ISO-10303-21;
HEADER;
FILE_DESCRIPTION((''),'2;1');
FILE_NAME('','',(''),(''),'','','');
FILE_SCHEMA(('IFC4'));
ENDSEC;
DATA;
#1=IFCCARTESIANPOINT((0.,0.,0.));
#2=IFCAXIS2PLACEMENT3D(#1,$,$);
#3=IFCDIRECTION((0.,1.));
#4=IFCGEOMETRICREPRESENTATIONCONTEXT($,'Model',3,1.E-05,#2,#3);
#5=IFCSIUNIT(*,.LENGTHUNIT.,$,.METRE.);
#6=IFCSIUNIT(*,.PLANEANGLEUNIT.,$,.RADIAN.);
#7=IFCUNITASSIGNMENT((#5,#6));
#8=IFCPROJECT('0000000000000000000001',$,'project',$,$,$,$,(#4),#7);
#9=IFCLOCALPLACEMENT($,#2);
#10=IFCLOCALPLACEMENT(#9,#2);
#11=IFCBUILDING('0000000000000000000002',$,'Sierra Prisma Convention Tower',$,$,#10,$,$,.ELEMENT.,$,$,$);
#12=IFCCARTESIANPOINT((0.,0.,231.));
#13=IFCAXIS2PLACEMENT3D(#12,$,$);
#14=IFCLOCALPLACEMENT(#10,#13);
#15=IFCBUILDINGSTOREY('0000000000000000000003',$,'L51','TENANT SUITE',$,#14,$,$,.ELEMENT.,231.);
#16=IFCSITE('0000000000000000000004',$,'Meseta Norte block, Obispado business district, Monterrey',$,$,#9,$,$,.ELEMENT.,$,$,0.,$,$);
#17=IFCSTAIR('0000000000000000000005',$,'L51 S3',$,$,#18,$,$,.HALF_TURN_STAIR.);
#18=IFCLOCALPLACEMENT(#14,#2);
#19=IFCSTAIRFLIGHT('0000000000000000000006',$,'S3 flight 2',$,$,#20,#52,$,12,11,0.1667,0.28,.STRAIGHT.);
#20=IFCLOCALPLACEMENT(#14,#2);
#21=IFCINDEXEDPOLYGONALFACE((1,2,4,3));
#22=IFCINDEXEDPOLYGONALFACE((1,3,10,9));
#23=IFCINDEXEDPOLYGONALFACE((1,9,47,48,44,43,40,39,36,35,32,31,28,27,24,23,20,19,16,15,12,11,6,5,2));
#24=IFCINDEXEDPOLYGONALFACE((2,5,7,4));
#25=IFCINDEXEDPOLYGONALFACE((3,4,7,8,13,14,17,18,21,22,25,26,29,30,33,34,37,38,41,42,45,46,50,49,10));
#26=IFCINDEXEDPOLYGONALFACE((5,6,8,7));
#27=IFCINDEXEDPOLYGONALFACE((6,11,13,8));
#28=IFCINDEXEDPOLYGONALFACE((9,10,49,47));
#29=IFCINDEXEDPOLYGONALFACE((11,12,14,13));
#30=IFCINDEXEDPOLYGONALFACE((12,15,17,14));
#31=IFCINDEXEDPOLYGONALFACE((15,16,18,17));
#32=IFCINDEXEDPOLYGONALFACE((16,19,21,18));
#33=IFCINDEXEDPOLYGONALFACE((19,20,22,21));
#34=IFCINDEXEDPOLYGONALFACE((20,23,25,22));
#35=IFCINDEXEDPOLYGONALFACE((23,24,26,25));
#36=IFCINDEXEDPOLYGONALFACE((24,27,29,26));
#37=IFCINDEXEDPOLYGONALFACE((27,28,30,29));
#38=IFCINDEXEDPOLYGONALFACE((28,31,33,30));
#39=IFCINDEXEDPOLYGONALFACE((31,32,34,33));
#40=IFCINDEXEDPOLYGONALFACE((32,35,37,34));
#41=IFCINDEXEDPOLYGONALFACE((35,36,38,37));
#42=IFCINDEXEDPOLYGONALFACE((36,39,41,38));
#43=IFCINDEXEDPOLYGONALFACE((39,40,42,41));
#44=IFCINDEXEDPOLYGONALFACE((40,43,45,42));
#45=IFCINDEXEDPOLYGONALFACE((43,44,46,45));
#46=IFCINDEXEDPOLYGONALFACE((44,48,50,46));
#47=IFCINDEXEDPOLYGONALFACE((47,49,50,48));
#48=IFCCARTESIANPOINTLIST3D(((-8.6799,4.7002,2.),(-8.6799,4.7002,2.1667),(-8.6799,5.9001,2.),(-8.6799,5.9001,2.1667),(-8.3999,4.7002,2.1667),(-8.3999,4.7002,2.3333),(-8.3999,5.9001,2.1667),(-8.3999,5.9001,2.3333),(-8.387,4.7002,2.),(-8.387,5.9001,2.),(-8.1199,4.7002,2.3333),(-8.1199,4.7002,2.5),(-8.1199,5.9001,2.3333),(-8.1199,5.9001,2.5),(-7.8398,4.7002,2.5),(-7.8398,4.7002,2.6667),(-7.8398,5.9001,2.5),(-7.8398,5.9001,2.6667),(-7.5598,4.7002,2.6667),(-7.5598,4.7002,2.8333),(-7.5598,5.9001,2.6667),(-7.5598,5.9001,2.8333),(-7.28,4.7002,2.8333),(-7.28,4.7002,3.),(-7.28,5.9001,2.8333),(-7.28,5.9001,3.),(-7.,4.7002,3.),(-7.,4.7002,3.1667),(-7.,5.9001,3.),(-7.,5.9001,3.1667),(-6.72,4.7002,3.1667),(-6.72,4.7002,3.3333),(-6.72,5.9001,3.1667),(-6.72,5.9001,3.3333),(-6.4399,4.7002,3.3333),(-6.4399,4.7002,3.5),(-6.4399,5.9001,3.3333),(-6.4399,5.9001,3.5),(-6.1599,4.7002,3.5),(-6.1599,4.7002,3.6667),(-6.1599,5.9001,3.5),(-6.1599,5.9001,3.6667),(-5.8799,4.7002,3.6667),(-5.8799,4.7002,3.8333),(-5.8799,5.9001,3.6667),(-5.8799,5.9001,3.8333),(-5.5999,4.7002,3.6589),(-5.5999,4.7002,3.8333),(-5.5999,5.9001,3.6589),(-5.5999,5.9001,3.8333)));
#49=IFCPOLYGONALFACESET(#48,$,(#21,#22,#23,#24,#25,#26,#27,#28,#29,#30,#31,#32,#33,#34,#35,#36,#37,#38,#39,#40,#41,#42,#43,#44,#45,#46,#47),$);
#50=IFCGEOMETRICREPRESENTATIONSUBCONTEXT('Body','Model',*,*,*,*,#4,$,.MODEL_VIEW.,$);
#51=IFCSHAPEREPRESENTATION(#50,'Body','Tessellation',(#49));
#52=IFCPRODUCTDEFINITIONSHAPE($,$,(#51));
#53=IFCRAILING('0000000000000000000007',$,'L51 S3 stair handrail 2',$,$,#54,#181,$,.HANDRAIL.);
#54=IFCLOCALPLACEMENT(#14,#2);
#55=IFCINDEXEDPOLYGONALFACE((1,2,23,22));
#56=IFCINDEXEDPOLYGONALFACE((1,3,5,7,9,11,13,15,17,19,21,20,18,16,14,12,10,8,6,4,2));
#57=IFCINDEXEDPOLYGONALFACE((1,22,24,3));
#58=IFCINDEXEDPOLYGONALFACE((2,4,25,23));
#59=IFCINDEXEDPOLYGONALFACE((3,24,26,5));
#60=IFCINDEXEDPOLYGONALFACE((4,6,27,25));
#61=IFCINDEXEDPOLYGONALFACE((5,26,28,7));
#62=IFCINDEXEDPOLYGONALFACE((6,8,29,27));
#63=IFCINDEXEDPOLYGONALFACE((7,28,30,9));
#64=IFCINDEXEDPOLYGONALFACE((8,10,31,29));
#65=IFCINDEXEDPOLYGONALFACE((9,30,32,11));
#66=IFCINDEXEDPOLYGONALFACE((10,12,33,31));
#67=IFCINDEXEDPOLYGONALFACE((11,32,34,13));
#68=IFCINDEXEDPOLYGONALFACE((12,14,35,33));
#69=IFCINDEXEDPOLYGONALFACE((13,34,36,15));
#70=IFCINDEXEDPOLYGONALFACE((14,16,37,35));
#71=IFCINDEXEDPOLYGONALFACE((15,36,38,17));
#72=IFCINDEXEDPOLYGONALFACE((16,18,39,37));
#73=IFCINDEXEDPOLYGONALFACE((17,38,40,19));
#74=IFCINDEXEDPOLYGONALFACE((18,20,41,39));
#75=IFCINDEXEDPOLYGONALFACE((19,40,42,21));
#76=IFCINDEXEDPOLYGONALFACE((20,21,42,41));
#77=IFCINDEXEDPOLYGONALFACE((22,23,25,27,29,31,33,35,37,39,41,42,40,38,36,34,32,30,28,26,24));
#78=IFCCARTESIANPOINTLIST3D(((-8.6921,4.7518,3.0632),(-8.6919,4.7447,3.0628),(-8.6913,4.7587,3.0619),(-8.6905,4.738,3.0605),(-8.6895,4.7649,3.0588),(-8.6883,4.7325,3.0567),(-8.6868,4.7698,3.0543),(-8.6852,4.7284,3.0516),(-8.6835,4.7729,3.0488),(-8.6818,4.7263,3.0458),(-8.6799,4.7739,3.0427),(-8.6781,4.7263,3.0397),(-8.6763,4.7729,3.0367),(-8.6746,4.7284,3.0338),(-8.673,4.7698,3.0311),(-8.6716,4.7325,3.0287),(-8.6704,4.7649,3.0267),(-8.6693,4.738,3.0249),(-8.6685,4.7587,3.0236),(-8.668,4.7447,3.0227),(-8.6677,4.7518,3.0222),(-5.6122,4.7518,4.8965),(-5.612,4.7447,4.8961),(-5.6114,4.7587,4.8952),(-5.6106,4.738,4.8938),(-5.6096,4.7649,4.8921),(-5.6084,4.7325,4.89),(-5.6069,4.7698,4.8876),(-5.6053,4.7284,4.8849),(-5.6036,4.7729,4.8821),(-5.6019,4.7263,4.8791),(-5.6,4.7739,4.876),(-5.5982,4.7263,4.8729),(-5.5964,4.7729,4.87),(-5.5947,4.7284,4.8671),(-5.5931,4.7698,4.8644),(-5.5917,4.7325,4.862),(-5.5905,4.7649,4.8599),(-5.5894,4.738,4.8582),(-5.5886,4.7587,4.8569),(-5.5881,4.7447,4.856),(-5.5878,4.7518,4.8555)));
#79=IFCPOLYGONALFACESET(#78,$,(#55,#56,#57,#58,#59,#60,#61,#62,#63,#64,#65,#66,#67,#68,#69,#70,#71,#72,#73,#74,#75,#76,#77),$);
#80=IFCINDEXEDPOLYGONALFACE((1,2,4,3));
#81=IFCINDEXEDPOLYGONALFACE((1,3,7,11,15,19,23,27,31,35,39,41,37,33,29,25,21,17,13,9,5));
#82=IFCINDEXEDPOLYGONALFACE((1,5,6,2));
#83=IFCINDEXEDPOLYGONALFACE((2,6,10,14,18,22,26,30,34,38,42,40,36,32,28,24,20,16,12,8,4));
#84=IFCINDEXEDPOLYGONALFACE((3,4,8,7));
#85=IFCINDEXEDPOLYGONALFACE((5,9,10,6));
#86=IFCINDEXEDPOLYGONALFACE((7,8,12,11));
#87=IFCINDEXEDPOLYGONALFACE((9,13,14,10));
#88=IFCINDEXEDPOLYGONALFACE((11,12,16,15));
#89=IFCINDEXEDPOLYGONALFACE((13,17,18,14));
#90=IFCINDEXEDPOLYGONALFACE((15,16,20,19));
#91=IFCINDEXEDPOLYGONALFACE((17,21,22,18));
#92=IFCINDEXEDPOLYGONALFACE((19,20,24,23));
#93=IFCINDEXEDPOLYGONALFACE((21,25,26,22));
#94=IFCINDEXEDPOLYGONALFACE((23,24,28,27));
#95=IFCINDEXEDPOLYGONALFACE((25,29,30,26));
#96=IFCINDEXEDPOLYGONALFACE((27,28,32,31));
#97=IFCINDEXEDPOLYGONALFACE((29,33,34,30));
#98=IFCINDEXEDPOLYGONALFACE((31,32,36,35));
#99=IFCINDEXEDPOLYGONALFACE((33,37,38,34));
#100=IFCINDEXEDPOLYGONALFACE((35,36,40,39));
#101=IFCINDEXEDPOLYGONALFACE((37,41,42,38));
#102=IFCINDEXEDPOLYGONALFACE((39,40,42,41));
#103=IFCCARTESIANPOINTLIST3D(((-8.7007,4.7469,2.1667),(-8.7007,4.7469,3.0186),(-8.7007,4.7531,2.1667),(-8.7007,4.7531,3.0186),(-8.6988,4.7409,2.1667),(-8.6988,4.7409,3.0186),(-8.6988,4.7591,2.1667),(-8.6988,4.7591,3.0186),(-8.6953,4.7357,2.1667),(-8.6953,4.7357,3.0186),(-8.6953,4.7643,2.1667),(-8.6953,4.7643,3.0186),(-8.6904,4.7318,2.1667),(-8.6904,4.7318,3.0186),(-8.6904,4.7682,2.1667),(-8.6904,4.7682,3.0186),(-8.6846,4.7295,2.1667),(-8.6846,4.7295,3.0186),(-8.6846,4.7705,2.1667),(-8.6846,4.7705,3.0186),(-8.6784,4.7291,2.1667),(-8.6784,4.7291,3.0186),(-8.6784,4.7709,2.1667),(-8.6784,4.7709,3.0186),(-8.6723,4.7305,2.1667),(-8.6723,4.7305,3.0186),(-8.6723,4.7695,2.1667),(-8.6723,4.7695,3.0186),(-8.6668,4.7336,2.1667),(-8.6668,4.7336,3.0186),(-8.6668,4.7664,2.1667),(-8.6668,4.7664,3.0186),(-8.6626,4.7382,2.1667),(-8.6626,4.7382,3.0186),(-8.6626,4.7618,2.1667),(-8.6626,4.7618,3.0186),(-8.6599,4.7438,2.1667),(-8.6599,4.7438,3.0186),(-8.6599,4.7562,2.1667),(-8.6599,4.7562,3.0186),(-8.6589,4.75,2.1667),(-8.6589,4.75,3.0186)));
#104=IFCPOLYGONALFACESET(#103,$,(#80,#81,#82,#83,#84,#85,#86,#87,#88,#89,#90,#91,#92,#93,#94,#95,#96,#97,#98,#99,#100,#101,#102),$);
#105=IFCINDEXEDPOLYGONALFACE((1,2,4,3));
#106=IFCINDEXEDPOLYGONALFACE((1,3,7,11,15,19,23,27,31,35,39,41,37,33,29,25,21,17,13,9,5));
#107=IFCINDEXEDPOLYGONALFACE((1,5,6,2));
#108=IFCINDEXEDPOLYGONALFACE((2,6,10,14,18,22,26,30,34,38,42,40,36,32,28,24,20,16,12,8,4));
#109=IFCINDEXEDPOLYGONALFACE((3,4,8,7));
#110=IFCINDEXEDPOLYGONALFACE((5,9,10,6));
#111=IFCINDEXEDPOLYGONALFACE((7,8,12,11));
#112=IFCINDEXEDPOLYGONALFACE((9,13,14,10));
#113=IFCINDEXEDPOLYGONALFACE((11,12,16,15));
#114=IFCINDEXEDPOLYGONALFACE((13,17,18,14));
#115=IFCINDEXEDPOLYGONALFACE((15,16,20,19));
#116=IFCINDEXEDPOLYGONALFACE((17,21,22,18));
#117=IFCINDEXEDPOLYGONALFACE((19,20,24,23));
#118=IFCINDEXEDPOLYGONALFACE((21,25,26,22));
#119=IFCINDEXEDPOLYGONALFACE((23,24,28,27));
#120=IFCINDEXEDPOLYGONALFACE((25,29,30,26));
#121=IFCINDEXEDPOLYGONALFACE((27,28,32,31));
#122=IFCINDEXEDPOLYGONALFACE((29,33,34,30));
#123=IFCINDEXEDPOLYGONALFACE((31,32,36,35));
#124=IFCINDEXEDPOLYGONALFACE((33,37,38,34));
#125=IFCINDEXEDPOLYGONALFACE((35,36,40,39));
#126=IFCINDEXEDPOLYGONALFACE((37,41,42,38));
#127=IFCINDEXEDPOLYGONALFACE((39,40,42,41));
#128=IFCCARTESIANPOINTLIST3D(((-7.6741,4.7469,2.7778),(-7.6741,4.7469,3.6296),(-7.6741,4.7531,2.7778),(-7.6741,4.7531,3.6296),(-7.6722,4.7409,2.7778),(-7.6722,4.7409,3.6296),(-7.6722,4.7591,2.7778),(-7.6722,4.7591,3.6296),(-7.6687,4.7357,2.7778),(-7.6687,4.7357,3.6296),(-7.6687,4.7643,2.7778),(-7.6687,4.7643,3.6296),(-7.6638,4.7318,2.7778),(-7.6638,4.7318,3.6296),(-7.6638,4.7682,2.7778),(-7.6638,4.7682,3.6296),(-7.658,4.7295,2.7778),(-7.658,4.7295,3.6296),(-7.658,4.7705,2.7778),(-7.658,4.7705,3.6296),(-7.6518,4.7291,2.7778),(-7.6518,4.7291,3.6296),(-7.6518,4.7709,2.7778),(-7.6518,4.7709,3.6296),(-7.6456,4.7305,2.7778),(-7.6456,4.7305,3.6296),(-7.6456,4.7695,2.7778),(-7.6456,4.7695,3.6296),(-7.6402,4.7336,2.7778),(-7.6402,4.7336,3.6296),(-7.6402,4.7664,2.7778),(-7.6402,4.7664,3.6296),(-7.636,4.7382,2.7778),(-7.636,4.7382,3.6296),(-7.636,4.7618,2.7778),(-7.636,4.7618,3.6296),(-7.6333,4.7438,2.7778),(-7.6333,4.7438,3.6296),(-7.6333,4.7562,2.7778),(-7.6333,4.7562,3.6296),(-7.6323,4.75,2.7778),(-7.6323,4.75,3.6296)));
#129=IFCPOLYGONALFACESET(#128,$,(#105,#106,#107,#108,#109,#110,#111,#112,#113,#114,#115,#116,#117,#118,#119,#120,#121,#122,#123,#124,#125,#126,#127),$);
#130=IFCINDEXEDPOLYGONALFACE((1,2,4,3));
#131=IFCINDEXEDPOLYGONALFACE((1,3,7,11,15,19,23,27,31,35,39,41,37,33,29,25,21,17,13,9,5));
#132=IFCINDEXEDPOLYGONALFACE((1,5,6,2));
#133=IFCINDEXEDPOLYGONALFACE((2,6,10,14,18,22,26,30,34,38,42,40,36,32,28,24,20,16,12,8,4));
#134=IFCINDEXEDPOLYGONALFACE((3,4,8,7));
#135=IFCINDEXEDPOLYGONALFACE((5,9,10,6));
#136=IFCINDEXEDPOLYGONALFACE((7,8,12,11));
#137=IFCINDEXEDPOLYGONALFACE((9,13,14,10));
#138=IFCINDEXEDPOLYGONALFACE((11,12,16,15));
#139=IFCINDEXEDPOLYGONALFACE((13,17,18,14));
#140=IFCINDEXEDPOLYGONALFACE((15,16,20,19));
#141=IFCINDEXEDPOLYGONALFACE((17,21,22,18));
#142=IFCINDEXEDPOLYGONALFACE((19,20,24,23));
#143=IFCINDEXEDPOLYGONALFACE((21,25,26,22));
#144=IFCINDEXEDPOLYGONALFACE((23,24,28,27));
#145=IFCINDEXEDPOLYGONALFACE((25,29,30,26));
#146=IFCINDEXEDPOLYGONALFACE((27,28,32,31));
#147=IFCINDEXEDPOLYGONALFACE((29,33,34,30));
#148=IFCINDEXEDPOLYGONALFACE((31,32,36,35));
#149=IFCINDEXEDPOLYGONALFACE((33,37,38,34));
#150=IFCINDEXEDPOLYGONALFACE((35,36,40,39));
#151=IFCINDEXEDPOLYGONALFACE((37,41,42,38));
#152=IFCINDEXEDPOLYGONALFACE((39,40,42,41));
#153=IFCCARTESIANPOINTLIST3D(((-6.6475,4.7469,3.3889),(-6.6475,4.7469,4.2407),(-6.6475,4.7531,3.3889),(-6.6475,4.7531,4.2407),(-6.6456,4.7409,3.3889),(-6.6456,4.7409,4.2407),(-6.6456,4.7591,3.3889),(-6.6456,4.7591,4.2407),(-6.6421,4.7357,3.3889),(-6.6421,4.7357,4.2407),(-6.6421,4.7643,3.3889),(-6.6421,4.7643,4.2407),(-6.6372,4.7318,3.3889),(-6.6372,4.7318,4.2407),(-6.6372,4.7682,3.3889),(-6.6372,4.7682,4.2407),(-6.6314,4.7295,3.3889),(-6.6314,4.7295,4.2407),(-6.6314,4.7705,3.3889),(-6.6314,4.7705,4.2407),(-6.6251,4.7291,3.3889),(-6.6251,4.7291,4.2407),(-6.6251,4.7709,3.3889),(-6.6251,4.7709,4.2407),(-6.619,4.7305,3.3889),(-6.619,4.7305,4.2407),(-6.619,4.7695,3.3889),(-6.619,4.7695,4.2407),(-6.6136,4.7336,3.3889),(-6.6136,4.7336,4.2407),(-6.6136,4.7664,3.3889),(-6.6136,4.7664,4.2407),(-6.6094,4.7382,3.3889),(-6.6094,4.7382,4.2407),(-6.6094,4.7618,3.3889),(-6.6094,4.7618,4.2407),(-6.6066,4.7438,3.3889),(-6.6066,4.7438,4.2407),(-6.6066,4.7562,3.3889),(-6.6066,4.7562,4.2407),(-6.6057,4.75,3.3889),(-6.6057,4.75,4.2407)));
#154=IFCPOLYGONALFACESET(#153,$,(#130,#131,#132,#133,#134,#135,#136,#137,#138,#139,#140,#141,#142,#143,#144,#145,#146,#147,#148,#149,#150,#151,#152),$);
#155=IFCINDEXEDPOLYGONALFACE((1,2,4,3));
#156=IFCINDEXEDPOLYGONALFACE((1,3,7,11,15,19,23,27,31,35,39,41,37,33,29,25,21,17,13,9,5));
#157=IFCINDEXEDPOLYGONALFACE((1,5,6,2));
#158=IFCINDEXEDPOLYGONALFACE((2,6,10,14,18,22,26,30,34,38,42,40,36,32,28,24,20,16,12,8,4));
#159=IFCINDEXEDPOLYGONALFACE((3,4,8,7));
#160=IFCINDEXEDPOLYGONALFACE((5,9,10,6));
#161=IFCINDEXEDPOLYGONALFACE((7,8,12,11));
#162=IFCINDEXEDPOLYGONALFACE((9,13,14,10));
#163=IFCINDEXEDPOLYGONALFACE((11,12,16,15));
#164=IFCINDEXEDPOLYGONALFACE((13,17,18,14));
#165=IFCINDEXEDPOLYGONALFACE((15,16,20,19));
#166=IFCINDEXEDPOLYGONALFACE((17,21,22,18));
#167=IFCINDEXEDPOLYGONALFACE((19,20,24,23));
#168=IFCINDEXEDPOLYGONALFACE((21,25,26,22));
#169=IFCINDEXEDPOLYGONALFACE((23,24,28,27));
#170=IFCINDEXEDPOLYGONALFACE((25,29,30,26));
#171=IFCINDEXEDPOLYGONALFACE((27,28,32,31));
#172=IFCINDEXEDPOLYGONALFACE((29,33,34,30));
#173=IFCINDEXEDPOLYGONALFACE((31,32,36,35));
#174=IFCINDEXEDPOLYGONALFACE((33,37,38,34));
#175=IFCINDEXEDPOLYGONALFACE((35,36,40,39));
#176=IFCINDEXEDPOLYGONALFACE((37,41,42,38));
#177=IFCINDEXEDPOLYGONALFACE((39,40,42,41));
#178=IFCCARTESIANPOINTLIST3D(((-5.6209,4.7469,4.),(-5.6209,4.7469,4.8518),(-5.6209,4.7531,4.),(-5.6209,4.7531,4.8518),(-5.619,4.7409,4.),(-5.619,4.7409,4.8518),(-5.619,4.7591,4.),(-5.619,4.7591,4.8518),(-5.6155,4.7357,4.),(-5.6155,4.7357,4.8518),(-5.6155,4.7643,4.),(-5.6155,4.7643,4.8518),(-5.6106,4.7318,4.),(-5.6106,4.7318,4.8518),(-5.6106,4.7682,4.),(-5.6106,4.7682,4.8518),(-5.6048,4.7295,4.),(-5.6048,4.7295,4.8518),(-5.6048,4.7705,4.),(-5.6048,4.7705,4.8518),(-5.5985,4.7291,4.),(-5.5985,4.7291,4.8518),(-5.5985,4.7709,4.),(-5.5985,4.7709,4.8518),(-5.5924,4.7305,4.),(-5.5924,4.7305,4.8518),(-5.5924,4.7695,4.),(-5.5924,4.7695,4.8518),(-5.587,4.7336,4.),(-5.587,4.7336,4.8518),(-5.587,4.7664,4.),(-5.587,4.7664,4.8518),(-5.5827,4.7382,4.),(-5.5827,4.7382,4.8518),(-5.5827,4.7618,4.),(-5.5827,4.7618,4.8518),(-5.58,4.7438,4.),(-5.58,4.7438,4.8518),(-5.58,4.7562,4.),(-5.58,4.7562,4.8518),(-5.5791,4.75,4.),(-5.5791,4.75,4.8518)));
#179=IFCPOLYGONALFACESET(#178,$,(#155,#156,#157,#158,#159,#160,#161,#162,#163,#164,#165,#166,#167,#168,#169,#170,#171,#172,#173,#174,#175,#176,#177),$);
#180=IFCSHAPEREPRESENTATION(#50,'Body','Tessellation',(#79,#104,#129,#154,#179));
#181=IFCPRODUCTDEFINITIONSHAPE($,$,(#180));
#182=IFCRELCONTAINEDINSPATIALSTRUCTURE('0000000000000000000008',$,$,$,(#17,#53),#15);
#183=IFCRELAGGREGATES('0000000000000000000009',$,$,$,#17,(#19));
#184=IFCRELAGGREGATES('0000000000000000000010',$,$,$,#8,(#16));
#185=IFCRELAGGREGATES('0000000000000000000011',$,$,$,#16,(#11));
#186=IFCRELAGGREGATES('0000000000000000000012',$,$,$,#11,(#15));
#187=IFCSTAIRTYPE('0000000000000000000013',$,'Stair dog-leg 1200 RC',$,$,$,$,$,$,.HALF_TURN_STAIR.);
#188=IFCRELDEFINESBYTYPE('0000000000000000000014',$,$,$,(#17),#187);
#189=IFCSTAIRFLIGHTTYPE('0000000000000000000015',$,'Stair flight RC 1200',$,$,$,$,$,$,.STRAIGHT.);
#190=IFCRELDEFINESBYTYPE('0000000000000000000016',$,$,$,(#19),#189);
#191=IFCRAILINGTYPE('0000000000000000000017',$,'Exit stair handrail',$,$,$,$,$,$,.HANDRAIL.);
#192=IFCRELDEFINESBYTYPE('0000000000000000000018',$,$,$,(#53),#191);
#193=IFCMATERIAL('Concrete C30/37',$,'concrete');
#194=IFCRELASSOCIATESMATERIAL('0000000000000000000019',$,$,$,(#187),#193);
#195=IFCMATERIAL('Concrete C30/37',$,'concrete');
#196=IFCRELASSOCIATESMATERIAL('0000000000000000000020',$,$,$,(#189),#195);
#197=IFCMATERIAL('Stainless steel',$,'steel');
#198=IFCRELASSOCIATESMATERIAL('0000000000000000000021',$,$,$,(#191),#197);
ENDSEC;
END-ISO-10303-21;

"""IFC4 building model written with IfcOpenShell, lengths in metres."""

from ifc_helpers import new_model, si_unit, direction, frame, origin, origin_2d, place, context, subcontext, project, spatial, polyline, circle, outline, extrude, material, type_object, element, aggregate, save


model = new_model("IFC4")

# Units and contexts
model_context = context("Model", 3, precision=1e-05, world=origin(), true_north=direction((0.0, 1.0)))
body_context = subcontext(model_context, "Body", "Model", "MODEL_VIEW")
ifc_project = project(units=[si_unit("LENGTHUNIT", "METRE"), si_unit("PLANEANGLEUNIT", "RADIAN")], contexts=[model_context])

# Site, building, storey
site_placement = place(None, origin())
site = spatial("IfcSite", under=ifc_project, at=site_placement, Name="Meseta Norte block, Obispado business district, Monterrey", CompositionType="ELEMENT", RefElevation=0.0)
building_placement = place(site_placement, origin())
building = spatial("IfcBuilding", under=site, at=building_placement, Name="Sierra Prisma Convention Tower", CompositionType="ELEMENT")
storey_placement = place(building_placement, frame((0.0, 0.0, 231.0)))
storey = spatial("IfcBuildingStorey", under=building, at=storey_placement, Name="L51", Description="TENANT SUITE", CompositionType="ELEMENT", Elevation=231.0)

# Stair, stair flight
ifc_material_1 = material(Name="Concrete C30/37", Category="concrete")
stair_type = type_object("IfcStairType", Name="Stair dog-leg 1200 RC", PredefinedType="HALF_TURN_STAIR", material=ifc_material_1)
stair_placement = place(storey_placement, origin())
stair = element("IfcStair", 1, at=stair_placement, inside=storey, type_object=stair_type, Name="L51 S3", PredefinedType="HALF_TURN_STAIR")
ifc_material_2 = material(Name="Concrete C30/37", Category="concrete")
stair_flight_type = type_object("IfcStairFlightType", Name="Stair flight RC 1200", PredefinedType="STRAIGHT", material=ifc_material_2)
stair_flight_placement = place(storey_placement, frame((-8.6799, 5.3, 2.0), z_axis=(0.0, 0.0, 1.0), x_axis=(1.0, 0.0, 0.0)))
stair_flight = element("IfcStairFlight", 2, at=stair_flight_placement, type_object=stair_flight_type, Name="S3 flight 2", NumberOfRisers=12, NumberOfTreads=11, PredefinedType="STRAIGHT", RiserHeight=0.1667, TreadLength=0.28, context=body_context, shape_type="SweptSolid", body=[
    extrude(outline(polyline([(0.0, 0.0), (0.0, 0.1667), (0.28, 0.1667), (0.28, 0.3333), (0.5601, 0.3333), (0.5601, 0.5), (0.8401, 0.5), (0.8401, 0.6667), (1.1201, 0.6667), (1.1201, 0.8333), (1.3999, 0.8333), (1.3999, 1.0), (1.6799, 1.0), (1.6799, 1.1667), (1.96, 1.1667), (1.96, 1.3333), (2.24, 1.3333), (2.24, 1.5), (2.52, 1.5), (2.52, 1.6667), (2.8, 1.6667), (2.8, 1.8333), (3.0801, 1.8333), (3.0801, 2.0), (3.0801, 1.6589), (0.293, 0.0), (0.0, 0.0)])), frame((0.0, 0.6001, 0.0), z_axis=(0.0, -1.0, 0.0), x_axis=(1.0, 0.0, 0.0)), (0.0, 0.0, 1.0), 1.2),
])
aggregate(stair, [stair_flight])

# Railing
ifc_material_3 = material(Name="Stainless steel", Category="steel")
railing_type_1 = type_object("IfcRailingType", Name="Exit stair handrail", PredefinedType="HANDRAIL", material=ifc_material_3)
railing_1_placement = place(storey_placement, frame((-8.6799, 4.75, 2.1667)))
element("IfcRailing", 3, at=railing_1_placement, inside=storey, type_object=railing_type_1, Name="L51 S3 stair handrail 2", PredefinedType="HANDRAIL", context=body_context, shape_type="SweptSolid", body=[
    extrude(circle(Radius=0.0239, at=origin_2d()), frame((0.0, 0.0, 0.876), z_axis=(0.859291, 0.0, 0.511487), x_axis=(0.0, 1.0, 0.0)), (0.0, 0.0, 1.0), 3.5842),
    extrude(circle(Radius=0.021, at=origin_2d()), origin(), (0.0, 0.0, 1.0), 0.8518),
    extrude(circle(Radius=0.021, at=origin_2d()), frame((1.0266, 0.0, 0.6111)), (0.0, 0.0, 1.0), 0.8518),
    extrude(circle(Radius=0.021, at=origin_2d()), frame((2.0532, 0.0, 1.2222)), (0.0, 0.0, 1.0), 0.8518),
    extrude(circle(Radius=0.021, at=origin_2d()), frame((3.0798, 0.0, 1.8333)), (0.0, 0.0, 1.0), 0.8518),
])

save(model, "model.ifc")
